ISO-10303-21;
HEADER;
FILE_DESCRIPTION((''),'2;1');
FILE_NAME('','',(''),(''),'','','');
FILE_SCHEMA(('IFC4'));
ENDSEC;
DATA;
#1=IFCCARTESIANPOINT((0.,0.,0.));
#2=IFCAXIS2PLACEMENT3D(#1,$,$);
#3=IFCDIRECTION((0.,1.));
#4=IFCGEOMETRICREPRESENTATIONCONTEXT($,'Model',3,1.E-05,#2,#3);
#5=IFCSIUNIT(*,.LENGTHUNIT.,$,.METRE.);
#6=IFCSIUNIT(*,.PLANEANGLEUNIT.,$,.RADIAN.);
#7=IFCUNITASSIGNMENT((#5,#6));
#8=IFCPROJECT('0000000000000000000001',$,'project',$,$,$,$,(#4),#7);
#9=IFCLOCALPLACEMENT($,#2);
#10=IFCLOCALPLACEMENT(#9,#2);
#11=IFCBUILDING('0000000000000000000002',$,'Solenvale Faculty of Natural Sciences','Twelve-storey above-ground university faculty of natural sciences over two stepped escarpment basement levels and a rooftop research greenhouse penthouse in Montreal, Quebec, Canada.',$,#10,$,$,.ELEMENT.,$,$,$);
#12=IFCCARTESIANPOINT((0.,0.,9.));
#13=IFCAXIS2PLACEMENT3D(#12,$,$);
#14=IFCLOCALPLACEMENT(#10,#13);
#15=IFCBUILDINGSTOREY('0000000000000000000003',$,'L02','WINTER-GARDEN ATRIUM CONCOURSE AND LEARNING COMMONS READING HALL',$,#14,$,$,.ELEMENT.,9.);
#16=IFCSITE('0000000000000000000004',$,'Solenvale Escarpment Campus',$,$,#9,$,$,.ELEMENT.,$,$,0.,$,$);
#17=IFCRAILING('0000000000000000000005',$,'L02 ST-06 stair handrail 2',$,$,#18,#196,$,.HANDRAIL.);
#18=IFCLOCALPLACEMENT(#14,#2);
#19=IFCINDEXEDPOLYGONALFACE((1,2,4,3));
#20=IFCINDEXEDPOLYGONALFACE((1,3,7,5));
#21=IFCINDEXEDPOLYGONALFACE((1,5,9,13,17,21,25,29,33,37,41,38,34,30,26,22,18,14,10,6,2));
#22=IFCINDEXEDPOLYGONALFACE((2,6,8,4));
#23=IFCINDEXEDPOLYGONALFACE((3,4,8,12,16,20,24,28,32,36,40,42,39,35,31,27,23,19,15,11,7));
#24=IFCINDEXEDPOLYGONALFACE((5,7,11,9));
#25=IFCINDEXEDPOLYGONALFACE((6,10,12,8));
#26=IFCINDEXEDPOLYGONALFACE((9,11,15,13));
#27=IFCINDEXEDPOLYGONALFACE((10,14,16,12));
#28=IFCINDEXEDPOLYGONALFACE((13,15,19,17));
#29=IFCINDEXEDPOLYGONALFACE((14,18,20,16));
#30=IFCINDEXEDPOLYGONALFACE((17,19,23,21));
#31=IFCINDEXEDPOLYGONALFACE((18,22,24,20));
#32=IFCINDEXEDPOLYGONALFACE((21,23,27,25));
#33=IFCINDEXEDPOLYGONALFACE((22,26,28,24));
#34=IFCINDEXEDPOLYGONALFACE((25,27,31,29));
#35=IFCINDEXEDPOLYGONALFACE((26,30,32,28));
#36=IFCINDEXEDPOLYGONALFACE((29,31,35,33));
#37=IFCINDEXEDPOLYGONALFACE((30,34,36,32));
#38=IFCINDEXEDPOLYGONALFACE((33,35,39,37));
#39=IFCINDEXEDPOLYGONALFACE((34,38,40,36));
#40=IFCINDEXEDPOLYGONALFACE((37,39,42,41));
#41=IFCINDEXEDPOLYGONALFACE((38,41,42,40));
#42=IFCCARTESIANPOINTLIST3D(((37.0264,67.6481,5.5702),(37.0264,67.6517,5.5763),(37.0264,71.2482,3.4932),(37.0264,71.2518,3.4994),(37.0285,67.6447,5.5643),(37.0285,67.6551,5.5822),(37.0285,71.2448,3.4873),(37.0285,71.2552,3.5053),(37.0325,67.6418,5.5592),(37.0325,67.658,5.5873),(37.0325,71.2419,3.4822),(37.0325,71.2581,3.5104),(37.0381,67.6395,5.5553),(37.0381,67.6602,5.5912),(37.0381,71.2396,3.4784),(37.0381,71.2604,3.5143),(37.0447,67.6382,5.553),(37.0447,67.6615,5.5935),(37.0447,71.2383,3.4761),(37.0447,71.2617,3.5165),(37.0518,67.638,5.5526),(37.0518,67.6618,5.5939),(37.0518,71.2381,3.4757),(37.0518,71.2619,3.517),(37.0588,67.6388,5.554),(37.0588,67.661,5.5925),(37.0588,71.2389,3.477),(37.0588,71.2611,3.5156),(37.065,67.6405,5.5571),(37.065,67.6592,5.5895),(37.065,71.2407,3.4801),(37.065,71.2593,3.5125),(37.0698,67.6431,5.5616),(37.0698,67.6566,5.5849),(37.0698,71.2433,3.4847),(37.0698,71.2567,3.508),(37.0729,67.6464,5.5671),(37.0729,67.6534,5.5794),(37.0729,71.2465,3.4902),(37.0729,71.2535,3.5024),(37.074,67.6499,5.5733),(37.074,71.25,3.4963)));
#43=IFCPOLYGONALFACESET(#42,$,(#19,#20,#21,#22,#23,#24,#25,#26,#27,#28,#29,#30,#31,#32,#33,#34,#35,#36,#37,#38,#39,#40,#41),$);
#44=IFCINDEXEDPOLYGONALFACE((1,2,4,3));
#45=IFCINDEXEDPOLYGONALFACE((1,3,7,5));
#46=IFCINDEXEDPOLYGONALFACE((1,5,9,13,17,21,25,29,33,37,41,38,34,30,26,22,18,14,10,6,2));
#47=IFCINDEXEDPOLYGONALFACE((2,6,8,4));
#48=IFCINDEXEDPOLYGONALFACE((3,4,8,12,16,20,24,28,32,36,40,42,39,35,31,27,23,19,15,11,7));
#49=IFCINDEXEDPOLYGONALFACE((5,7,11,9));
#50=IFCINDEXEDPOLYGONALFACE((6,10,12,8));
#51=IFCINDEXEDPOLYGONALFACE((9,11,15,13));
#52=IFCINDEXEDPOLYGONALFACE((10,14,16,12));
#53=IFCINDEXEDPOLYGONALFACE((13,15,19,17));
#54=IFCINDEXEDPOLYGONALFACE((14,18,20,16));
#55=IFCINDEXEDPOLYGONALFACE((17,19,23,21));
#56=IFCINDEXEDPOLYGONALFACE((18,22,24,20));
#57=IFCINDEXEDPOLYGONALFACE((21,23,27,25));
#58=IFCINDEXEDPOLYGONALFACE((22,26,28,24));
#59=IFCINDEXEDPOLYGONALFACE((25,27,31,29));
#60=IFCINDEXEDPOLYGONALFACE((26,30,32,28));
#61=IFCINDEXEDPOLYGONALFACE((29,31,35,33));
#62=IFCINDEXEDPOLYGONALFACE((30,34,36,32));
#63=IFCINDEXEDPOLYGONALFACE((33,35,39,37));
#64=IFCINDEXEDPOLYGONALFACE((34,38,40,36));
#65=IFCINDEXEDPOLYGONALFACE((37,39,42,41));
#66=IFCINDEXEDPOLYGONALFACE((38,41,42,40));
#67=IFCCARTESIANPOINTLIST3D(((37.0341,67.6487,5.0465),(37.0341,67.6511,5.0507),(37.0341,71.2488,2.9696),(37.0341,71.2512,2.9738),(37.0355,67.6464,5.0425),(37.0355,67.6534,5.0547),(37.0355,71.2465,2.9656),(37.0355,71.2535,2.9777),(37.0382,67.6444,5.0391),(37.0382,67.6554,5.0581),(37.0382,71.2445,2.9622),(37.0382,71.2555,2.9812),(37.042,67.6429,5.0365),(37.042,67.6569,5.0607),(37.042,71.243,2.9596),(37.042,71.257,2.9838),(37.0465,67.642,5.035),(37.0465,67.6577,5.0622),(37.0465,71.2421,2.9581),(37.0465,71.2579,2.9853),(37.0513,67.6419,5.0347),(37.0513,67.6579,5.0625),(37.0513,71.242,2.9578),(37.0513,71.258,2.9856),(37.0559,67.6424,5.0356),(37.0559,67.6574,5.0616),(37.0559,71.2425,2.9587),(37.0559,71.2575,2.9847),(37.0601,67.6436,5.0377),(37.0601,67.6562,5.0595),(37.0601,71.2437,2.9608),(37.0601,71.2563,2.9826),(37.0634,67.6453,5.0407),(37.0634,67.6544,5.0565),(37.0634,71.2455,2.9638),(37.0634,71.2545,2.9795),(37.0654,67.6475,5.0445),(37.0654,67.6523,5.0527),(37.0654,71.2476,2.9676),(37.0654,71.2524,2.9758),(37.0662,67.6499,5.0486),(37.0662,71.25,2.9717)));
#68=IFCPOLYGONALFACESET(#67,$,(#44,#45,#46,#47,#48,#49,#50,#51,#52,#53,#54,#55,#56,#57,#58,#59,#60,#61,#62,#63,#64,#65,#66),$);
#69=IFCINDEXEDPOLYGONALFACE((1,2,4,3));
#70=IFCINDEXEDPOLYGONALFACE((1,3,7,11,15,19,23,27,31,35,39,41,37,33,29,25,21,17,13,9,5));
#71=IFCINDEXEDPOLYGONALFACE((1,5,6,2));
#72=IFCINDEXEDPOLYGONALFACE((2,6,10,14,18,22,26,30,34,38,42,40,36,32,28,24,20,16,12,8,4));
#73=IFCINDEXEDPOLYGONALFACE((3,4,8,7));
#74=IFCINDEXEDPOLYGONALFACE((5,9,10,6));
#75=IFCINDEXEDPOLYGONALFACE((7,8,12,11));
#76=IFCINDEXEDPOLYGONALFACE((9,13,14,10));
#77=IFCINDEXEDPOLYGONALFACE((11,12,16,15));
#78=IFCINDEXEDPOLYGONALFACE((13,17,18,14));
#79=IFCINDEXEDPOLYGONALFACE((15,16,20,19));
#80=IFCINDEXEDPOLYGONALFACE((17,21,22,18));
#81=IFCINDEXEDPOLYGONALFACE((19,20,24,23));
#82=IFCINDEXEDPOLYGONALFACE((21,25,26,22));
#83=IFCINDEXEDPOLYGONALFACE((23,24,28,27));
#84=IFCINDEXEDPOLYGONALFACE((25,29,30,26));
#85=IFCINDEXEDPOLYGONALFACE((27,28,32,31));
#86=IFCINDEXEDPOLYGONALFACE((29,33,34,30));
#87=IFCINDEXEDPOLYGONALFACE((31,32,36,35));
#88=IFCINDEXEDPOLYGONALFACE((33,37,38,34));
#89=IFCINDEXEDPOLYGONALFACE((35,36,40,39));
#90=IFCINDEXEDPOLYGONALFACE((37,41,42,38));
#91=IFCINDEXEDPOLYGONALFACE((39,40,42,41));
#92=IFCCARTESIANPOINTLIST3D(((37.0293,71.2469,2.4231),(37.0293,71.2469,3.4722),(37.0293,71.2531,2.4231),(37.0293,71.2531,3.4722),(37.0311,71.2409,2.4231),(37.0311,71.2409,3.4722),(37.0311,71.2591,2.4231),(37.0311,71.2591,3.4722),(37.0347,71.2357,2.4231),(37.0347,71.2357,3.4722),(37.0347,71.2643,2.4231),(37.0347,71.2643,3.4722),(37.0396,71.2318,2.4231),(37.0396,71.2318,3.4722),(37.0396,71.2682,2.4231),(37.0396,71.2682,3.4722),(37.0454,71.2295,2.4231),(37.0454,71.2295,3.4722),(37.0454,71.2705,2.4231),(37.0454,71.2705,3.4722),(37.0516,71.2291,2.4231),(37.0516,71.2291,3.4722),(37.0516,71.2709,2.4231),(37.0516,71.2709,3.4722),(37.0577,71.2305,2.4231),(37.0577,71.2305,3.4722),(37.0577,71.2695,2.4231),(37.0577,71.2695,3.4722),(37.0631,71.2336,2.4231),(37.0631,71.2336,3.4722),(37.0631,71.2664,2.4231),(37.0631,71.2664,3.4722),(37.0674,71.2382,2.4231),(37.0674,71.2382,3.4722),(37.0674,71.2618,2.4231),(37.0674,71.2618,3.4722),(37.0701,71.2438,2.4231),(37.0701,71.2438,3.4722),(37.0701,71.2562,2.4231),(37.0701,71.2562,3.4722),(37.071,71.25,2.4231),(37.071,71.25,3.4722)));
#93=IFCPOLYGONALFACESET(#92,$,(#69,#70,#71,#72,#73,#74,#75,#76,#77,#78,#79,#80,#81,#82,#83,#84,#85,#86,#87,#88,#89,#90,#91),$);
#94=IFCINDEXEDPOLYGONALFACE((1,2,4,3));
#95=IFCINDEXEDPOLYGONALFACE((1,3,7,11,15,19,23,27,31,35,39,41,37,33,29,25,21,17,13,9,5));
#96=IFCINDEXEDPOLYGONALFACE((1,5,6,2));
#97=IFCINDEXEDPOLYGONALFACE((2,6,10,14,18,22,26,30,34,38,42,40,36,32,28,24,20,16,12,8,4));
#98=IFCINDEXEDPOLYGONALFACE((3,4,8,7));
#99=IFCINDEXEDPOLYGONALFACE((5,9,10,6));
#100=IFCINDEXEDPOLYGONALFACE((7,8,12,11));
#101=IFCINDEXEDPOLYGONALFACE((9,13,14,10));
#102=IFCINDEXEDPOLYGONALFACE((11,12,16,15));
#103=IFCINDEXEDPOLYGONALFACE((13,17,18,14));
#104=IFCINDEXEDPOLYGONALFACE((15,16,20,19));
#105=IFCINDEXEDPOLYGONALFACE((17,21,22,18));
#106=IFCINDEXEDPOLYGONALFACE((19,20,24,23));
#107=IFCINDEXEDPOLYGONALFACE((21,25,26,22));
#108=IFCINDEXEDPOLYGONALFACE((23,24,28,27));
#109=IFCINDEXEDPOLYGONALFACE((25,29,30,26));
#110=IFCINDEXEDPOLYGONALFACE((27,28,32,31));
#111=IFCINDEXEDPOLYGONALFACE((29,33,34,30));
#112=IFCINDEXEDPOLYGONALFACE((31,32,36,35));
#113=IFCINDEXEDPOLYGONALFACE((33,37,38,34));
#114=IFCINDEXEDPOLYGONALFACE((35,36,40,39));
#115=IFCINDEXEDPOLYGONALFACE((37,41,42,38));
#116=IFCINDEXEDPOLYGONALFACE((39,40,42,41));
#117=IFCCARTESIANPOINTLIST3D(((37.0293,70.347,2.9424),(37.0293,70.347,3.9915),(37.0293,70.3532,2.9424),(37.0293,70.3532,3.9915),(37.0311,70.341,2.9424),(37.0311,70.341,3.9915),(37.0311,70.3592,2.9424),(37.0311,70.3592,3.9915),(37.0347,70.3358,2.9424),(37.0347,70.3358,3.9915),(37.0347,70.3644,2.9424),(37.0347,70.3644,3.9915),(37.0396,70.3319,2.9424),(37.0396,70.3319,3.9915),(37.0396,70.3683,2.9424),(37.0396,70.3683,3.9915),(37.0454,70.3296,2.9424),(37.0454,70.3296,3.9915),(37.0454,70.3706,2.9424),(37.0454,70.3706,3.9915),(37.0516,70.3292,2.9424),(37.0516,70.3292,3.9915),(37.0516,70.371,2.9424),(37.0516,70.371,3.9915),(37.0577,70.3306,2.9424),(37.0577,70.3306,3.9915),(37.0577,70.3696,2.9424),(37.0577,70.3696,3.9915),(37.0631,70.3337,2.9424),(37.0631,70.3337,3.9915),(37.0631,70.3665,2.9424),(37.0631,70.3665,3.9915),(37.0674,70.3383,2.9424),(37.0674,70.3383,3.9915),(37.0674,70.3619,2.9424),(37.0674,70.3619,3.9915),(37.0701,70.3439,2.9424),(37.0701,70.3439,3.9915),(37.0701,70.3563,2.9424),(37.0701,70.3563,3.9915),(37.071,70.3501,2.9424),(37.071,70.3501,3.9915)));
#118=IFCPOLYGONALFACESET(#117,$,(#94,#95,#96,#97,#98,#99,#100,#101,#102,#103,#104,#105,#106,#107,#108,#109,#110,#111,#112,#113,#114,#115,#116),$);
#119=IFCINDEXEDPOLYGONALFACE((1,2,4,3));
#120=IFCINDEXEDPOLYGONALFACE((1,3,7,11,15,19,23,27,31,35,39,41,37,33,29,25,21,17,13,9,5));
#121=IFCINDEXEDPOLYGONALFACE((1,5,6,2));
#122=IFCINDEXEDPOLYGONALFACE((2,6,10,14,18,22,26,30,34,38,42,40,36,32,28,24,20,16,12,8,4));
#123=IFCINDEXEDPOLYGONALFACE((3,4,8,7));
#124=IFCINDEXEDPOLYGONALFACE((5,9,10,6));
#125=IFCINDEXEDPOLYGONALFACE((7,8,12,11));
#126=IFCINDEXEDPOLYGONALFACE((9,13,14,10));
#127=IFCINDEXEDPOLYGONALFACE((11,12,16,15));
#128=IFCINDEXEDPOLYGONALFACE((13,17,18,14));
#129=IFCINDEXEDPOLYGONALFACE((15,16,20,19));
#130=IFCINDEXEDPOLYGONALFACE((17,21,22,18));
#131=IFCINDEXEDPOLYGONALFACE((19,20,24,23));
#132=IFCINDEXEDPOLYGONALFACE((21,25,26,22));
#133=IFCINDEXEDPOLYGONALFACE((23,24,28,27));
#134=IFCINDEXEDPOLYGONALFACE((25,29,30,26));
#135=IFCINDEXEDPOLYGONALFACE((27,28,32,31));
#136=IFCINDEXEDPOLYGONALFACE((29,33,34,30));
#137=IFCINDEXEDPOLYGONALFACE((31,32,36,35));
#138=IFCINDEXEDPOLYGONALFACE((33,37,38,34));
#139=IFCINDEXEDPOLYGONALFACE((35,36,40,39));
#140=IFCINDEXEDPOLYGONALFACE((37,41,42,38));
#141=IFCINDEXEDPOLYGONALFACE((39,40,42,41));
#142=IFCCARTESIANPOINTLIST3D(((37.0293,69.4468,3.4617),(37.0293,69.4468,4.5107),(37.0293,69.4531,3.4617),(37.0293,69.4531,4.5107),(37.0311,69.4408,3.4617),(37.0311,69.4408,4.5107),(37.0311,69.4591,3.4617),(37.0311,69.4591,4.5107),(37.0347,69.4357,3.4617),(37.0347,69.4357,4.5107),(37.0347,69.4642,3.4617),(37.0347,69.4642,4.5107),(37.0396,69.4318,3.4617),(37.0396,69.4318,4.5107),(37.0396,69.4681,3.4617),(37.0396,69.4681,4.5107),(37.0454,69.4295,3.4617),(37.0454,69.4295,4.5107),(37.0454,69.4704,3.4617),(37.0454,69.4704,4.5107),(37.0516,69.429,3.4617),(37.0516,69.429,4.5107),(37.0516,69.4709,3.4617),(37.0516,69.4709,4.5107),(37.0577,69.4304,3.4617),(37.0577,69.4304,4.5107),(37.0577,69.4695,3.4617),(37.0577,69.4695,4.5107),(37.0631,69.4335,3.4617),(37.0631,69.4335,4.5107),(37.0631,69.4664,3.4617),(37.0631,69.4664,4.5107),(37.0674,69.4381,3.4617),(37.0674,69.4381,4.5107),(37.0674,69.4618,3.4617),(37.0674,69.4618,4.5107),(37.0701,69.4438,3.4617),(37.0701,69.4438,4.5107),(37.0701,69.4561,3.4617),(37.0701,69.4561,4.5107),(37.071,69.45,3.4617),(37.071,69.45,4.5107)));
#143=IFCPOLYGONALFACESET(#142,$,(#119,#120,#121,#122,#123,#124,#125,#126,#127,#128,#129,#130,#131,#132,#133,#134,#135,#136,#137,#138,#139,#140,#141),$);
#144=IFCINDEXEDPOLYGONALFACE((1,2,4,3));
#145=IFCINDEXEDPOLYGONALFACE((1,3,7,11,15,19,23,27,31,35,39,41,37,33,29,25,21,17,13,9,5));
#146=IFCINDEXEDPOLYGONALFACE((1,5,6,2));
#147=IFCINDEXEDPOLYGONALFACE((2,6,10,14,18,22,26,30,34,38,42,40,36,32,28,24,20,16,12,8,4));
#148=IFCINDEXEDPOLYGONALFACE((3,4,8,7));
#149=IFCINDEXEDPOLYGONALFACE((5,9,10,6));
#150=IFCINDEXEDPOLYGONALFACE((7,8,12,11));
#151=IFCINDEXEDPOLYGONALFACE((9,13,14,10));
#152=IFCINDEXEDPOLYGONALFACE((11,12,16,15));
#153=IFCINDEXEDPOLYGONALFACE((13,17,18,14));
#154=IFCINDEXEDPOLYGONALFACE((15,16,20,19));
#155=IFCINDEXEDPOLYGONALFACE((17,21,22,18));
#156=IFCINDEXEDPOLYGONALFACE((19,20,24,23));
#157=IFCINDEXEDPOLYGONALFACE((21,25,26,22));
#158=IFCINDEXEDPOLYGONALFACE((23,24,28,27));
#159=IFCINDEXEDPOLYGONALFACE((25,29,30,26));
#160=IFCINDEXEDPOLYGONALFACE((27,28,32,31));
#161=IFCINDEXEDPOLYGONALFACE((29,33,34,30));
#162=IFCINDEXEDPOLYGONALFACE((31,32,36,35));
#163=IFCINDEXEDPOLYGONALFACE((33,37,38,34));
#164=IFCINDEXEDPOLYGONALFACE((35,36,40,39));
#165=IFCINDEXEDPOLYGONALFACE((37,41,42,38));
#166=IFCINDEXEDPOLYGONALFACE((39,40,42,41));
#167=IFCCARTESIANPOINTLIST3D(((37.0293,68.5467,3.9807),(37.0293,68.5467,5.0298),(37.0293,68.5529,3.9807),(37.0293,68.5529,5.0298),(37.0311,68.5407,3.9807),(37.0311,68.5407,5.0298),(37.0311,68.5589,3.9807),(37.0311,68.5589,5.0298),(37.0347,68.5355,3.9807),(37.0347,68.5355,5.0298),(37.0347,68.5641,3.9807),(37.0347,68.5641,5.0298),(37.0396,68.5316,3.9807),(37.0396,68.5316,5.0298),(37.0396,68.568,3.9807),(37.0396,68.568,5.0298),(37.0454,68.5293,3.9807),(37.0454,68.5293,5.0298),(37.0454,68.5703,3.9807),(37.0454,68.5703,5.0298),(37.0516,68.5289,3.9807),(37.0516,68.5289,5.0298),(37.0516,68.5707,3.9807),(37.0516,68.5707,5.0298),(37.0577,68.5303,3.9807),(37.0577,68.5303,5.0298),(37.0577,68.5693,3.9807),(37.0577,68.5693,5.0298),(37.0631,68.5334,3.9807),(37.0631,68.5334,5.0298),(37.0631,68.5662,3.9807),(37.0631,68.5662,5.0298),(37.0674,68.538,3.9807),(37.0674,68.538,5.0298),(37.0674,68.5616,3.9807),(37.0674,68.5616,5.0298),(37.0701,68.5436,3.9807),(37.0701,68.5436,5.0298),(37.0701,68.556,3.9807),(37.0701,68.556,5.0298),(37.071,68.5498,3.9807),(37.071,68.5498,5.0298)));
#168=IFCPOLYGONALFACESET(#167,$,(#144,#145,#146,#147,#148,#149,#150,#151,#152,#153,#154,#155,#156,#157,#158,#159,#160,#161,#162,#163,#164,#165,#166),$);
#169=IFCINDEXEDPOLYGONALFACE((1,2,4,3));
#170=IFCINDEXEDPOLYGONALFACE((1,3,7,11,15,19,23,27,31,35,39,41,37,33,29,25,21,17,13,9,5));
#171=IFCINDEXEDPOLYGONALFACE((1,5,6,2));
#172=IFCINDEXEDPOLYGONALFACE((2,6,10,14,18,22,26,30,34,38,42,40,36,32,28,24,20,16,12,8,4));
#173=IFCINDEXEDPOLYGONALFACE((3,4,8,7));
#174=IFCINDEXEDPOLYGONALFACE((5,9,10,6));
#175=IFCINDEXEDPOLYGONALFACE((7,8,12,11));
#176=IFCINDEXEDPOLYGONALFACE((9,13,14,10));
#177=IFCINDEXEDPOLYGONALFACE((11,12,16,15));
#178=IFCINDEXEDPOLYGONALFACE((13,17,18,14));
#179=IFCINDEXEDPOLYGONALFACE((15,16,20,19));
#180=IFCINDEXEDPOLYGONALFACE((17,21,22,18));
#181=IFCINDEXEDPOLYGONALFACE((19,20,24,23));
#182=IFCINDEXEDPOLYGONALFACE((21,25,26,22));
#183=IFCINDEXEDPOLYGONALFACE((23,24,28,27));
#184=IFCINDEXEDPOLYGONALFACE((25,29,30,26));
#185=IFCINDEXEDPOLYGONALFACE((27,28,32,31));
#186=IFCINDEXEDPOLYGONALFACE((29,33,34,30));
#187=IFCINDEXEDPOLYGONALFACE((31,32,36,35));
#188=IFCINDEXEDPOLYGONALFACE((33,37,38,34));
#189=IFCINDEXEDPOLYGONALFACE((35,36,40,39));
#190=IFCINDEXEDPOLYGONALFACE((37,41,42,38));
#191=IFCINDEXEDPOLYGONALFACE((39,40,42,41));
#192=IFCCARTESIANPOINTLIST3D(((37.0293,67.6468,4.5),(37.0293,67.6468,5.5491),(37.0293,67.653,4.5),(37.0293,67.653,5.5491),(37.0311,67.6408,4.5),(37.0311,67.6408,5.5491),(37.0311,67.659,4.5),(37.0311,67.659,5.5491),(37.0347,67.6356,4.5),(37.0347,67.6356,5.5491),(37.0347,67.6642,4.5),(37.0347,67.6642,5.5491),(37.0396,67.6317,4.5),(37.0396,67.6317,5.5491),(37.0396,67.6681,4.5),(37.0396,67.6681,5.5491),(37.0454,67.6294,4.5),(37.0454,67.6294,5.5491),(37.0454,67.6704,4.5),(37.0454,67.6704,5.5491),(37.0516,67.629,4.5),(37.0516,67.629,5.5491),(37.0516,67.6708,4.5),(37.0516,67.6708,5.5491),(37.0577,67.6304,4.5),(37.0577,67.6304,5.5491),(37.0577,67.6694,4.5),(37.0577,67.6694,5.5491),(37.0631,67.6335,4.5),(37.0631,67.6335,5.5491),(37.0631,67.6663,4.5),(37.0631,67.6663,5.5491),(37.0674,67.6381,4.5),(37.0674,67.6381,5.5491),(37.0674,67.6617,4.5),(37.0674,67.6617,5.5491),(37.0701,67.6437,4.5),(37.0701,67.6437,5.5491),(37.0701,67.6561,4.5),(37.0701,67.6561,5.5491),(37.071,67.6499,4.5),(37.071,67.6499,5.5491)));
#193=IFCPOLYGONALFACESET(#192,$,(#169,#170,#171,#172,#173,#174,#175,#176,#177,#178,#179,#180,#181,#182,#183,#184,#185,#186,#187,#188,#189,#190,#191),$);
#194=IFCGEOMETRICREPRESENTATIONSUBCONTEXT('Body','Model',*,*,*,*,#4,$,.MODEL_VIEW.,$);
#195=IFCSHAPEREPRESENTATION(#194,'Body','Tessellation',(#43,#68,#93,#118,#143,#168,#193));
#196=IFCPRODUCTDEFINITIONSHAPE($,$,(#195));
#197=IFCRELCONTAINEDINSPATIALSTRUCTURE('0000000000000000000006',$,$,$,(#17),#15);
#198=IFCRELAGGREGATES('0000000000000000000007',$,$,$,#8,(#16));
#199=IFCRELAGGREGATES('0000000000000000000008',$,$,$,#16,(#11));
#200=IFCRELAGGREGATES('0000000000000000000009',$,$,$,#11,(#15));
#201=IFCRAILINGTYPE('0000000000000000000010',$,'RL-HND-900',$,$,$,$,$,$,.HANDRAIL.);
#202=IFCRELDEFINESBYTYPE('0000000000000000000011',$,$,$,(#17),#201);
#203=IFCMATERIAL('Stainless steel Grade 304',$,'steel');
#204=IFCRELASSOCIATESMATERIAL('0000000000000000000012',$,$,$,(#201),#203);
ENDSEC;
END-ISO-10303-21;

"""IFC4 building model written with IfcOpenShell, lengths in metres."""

from ifc_helpers import new_model, si_unit, direction, frame, origin, origin_2d, place, context, subcontext, project, spatial, circle, extrude, material, type_object, element, save


model = new_model("IFC4")

# Units and contexts
model_context = context("Model", 3, precision=1e-05, world=origin(), true_north=direction((0.0, 1.0)))
body_context = subcontext(model_context, "Body", "Model", "MODEL_VIEW")
ifc_project = project(units=[si_unit("LENGTHUNIT", "METRE"), si_unit("PLANEANGLEUNIT", "RADIAN")], contexts=[model_context])

# Site, building, storey
site_placement = place(None, origin())
site = spatial("IfcSite", under=ifc_project, at=site_placement, Name="Solenvale Escarpment Campus", CompositionType="ELEMENT", RefElevation=0.0)
building_placement = place(site_placement, origin())
building = spatial("IfcBuilding", under=site, at=building_placement, Name="Solenvale Faculty of Natural Sciences", Description="Twelve-storey above-ground university faculty of natural sciences over two stepped escarpment basement levels and a rooftop research greenhouse penthouse in Montreal, Quebec, Canada.", CompositionType="ELEMENT")
storey_placement = place(building_placement, frame((0.0, 0.0, 9.0)))
storey = spatial("IfcBuildingStorey", under=building, at=storey_placement, Name="L02", Description="WINTER-GARDEN ATRIUM CONCOURSE AND LEARNING COMMONS READING HALL", CompositionType="ELEMENT", Elevation=9.0)

# Railing
ifc_material_1 = material(Name="Stainless steel Grade 304", Category="steel")
railing_type_1 = type_object("IfcRailingType", Name="RL-HND-900", PredefinedType="HANDRAIL", material=ifc_material_1)
railing_1_placement = place(storey_placement, frame((37.05, 71.25, 2.4231)))
element("IfcRailing", 1, at=railing_1_placement, inside=storey, type_object=railing_type_1, Name="L02 ST-06 stair handrail 2", PredefinedType="HANDRAIL", context=body_context, shape_type="SweptSolid", body=[
    extrude(circle(Radius=0.0239, at=origin_2d()), frame((0.0, 0.0, 1.0732), z_axis=(0.0, -0.866193, 0.499709), x_axis=(1.0, 0.0, 0.0)), (0.0, 0.0, 1.0), 4.1562),
    extrude(circle(Radius=0.0161, at=origin_2d()), frame((0.0, 0.0, 0.5486), z_axis=(0.0, -0.866193, 0.499709), x_axis=(1.0, 0.0, 0.0)), (0.0, 0.0, 1.0), 4.1562),
    extrude(circle(Radius=0.021, at=origin_2d()), origin(), (0.0, 0.0, 1.0), 1.0491),
    extrude(circle(Radius=0.021, at=origin_2d()), frame((0.0, -0.8999, 0.5193)), (0.0, 0.0, 1.0), 1.0491),
    extrude(circle(Radius=0.021, at=origin_2d()), frame((0.0, -1.8, 1.0386)), (0.0, 0.0, 1.0), 1.0491),
    extrude(circle(Radius=0.021, at=origin_2d()), frame((0.0, -2.7002, 1.5576)), (0.0, 0.0, 1.0), 1.0491),
    extrude(circle(Radius=0.021, at=origin_2d()), frame((0.0, -3.6001, 2.0769)), (0.0, 0.0, 1.0), 1.0491),
])

save(model, "model.ifc")
